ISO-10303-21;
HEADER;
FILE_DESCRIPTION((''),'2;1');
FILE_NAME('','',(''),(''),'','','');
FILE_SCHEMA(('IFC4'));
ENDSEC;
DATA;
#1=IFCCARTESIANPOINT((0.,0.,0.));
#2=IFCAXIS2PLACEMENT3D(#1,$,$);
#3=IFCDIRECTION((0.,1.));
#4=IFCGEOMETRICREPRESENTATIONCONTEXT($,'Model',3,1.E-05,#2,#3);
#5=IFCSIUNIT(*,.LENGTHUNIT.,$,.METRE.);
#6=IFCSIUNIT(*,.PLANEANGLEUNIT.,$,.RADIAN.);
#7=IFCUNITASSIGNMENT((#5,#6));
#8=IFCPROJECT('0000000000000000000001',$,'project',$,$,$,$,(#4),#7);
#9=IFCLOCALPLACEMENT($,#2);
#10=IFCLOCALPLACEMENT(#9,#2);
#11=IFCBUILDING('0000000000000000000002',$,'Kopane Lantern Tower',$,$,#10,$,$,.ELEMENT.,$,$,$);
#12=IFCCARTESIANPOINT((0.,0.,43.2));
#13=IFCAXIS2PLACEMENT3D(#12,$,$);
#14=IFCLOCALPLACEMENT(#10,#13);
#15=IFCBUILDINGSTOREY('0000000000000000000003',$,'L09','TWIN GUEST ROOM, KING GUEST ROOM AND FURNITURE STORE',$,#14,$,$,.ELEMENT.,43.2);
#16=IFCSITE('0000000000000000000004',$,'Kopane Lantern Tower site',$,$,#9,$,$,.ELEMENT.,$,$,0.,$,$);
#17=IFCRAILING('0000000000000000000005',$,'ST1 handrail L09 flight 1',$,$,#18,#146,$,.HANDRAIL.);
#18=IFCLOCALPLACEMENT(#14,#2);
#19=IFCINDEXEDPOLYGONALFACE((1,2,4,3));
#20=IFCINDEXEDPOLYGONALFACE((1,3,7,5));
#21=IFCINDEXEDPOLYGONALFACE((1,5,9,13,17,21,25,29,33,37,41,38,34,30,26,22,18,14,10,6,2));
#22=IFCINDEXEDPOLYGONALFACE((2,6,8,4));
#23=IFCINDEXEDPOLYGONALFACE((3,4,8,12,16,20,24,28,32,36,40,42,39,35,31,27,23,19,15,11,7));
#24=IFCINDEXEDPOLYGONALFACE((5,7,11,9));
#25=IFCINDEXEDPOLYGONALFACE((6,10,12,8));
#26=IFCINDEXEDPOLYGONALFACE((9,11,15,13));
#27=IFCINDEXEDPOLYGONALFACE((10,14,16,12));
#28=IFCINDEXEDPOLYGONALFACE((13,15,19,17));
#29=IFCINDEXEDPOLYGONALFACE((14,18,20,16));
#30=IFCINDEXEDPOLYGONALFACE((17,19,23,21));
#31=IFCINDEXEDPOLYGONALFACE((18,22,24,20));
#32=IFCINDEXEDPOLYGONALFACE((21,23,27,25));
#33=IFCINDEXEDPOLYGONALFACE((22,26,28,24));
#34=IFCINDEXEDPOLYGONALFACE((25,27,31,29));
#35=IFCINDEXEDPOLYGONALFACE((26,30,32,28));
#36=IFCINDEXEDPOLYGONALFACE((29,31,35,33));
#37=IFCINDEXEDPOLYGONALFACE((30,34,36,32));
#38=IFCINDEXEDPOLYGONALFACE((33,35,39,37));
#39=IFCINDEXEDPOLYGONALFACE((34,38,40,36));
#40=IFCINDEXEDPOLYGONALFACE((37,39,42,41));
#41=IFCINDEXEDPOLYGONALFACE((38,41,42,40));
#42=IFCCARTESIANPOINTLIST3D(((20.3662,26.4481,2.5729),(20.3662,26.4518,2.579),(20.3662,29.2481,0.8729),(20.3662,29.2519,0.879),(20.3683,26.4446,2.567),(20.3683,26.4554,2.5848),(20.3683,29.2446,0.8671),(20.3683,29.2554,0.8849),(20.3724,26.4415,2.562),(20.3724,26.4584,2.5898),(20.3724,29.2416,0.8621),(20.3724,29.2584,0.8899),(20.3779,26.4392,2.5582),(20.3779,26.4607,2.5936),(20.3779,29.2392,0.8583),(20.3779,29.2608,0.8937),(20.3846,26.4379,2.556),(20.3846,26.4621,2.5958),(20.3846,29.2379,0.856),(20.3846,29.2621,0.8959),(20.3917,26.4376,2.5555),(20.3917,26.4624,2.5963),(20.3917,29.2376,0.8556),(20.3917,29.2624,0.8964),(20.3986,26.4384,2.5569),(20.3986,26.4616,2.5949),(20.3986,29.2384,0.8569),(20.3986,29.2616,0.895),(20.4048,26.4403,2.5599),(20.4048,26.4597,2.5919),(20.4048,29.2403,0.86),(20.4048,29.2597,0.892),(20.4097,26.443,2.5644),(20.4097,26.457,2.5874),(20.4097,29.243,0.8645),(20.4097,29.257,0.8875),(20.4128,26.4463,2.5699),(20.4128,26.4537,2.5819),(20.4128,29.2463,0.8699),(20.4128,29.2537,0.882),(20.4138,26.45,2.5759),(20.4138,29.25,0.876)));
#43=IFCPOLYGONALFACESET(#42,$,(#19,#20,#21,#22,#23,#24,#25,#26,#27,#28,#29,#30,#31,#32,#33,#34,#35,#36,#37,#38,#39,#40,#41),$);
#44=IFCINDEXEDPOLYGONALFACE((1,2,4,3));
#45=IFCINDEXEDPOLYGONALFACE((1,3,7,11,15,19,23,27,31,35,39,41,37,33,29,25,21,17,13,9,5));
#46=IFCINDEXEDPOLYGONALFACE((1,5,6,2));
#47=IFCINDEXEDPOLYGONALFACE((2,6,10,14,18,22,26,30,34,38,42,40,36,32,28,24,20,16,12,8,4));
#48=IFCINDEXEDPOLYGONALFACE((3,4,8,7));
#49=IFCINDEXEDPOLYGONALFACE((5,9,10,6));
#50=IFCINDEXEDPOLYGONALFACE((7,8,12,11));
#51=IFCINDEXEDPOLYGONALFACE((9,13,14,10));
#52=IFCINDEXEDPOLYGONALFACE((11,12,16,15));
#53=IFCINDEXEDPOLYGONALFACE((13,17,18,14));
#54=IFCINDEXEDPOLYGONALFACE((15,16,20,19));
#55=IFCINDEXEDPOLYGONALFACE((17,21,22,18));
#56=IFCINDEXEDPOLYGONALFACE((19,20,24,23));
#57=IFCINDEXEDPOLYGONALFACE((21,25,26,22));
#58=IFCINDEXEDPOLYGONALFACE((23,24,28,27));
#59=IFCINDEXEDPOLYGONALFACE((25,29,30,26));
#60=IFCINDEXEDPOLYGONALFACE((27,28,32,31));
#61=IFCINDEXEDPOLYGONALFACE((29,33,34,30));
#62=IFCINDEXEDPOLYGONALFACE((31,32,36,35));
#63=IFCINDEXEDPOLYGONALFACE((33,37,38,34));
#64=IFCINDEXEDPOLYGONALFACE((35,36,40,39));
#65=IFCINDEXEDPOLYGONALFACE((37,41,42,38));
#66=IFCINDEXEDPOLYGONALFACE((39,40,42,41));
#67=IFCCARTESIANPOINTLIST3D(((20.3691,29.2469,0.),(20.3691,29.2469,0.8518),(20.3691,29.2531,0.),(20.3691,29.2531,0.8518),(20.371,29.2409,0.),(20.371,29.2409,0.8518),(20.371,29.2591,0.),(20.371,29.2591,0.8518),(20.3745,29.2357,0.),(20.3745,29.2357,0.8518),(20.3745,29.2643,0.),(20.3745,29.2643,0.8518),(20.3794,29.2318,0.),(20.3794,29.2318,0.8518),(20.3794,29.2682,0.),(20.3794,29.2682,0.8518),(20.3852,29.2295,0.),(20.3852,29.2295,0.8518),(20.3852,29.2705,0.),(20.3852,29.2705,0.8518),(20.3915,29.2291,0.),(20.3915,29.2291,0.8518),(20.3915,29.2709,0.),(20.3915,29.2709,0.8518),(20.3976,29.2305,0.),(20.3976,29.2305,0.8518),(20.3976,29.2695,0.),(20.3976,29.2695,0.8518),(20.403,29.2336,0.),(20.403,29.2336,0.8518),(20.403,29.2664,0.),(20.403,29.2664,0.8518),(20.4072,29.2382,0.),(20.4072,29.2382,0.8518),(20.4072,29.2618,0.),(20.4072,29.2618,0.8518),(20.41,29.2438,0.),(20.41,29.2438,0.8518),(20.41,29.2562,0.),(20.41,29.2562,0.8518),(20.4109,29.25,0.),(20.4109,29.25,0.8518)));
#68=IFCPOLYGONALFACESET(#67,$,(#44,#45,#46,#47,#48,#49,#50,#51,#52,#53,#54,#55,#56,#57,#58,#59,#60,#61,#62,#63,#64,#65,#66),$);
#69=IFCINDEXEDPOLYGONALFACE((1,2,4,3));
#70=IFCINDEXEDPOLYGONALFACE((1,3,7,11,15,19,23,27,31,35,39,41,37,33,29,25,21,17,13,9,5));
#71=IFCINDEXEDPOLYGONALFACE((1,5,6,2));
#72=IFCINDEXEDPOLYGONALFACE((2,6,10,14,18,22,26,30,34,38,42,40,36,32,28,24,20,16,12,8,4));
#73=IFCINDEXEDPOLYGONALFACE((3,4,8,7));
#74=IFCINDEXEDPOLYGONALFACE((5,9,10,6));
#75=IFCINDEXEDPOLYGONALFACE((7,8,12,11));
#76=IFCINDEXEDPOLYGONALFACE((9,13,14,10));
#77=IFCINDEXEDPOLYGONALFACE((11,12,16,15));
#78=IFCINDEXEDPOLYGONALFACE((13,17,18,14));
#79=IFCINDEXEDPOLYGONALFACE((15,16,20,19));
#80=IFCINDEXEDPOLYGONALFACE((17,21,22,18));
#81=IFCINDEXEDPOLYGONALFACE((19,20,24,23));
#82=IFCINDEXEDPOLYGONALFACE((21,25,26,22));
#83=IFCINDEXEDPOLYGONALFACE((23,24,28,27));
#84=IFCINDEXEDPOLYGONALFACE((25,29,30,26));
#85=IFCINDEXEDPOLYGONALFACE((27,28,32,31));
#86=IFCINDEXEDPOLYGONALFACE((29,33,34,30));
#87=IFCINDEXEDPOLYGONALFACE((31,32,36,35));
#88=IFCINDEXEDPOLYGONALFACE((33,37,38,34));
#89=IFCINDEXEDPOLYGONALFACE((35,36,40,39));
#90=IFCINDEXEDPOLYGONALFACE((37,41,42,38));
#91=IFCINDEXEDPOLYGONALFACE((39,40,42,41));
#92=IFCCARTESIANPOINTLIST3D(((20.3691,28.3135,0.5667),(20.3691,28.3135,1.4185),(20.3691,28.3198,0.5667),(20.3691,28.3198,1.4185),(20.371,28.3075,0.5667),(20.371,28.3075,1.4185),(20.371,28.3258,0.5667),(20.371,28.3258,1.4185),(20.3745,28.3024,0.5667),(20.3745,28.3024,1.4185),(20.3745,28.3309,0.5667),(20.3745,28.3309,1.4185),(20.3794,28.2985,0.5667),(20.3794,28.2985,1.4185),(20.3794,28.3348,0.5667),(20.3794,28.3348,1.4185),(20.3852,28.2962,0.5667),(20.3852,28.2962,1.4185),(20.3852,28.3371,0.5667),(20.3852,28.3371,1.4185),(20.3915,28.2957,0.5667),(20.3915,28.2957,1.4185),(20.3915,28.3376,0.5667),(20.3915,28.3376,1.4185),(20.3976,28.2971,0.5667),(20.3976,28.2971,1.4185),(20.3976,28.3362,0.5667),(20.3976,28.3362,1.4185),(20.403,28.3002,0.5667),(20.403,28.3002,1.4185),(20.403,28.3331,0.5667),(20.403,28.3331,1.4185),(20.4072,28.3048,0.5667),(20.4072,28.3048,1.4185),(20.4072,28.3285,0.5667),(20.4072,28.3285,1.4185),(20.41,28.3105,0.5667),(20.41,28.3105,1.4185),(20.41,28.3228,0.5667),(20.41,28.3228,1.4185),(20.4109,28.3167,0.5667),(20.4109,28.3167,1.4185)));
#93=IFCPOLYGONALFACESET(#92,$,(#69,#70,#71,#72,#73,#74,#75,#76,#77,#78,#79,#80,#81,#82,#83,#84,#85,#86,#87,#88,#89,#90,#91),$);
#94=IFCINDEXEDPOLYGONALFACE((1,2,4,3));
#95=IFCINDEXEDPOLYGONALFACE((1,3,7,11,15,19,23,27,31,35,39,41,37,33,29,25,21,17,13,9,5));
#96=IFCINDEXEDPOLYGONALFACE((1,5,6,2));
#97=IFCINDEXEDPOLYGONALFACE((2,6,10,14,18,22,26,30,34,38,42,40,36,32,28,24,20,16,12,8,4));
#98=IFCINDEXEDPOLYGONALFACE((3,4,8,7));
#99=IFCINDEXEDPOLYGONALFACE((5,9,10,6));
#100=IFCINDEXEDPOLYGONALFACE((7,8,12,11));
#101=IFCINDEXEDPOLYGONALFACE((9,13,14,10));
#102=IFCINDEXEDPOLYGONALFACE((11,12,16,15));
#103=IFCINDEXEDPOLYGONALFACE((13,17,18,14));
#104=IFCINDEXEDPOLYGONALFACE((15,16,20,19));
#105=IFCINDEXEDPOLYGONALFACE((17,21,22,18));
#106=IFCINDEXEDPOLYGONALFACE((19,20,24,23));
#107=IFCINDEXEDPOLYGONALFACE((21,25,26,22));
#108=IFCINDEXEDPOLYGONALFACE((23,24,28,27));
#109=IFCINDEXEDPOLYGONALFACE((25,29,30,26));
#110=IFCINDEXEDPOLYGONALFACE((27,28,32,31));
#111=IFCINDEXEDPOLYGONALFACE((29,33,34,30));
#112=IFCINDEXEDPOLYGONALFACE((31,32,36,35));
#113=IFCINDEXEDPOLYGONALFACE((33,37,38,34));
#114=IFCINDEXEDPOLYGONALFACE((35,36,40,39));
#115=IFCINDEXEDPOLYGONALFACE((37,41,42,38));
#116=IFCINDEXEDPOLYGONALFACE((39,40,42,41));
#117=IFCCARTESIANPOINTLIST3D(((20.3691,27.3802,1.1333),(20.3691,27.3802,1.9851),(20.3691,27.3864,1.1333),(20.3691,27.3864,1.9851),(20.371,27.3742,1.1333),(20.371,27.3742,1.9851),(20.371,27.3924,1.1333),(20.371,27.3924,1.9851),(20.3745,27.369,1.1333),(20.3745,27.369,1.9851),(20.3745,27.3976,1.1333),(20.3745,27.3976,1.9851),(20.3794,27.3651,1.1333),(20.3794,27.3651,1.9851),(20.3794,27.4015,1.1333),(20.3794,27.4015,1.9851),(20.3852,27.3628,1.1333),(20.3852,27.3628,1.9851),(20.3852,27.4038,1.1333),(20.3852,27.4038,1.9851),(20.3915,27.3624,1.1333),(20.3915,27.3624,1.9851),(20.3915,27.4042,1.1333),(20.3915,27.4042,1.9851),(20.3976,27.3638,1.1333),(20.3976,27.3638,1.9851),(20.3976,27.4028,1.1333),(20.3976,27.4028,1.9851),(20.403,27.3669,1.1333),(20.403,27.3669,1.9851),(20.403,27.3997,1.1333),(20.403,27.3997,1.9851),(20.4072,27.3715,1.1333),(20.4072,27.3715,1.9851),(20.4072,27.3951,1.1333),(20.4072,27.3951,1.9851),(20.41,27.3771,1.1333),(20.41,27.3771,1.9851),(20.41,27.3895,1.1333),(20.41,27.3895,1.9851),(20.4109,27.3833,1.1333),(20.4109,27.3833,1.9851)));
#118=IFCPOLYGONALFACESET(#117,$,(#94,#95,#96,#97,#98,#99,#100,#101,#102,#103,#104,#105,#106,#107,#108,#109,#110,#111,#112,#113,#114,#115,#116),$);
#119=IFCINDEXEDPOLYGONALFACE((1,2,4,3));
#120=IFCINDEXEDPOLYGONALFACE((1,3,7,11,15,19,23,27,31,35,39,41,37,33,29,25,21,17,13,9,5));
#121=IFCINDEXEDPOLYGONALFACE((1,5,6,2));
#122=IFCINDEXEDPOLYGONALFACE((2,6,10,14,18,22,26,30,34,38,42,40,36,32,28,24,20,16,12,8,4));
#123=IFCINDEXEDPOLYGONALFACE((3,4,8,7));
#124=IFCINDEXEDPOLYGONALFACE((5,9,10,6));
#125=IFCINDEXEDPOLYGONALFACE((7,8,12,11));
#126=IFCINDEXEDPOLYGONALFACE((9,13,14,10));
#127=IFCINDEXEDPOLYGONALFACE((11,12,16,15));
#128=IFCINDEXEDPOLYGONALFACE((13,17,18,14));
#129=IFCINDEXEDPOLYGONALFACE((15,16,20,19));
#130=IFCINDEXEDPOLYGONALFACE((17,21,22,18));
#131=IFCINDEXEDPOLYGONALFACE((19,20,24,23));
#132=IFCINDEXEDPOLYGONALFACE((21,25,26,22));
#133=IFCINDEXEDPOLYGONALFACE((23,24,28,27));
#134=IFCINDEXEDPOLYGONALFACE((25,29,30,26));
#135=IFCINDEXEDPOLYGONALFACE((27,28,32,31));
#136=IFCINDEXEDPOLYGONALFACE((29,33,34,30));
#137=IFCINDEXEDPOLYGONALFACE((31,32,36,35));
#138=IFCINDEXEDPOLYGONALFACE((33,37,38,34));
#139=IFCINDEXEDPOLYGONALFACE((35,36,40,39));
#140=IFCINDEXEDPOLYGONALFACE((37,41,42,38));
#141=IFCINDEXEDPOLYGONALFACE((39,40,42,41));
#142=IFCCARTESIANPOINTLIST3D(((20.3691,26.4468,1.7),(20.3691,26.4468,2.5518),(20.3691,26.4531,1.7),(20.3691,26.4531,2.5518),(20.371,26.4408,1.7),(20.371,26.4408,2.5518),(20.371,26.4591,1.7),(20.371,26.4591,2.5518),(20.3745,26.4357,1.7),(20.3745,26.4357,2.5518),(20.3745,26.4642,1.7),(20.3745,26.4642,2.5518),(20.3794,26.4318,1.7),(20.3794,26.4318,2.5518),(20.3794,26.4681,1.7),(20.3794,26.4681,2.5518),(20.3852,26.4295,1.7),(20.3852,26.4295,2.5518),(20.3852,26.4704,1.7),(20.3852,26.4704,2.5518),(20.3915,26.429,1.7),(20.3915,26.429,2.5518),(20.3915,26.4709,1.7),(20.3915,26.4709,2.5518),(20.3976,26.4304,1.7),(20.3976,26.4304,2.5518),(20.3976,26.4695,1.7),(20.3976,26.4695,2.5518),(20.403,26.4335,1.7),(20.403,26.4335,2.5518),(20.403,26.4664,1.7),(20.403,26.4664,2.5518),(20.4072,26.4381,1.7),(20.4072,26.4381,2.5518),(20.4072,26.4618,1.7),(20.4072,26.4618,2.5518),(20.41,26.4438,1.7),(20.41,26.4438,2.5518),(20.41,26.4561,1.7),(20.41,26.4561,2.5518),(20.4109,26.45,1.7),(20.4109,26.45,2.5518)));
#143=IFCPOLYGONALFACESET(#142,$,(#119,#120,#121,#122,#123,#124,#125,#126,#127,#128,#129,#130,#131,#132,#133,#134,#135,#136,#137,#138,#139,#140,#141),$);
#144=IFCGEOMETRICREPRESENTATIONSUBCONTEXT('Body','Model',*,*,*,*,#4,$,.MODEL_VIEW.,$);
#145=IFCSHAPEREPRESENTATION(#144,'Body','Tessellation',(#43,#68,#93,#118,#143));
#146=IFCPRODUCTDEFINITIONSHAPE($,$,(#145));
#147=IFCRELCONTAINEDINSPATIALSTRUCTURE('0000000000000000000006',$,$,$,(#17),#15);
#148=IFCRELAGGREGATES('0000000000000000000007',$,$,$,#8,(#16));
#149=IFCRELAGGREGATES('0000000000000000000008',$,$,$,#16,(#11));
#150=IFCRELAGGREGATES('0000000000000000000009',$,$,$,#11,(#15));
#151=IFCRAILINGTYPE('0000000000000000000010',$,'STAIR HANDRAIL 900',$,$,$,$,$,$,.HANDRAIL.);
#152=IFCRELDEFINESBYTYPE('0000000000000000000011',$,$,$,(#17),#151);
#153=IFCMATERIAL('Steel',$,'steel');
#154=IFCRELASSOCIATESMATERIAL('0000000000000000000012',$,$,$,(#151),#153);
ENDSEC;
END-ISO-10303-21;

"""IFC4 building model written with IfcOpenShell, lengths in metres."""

from ifc_helpers import new_model, si_unit, direction, frame, origin, origin_2d, place, context, subcontext, project, spatial, circle, extrude, material, type_object, element, save


model = new_model("IFC4")

# Units and contexts
model_context = context("Model", 3, precision=1e-05, world=origin(), true_north=direction((0.0, 1.0)))
body_context = subcontext(model_context, "Body", "Model", "MODEL_VIEW")
ifc_project = project(units=[si_unit("LENGTHUNIT", "METRE"), si_unit("PLANEANGLEUNIT", "RADIAN")], contexts=[model_context])

# Site, building, storey
site_placement = place(None, origin())
site = spatial("IfcSite", under=ifc_project, at=site_placement, Name="Kopane Lantern Tower site", CompositionType="ELEMENT", RefElevation=0.0)
building_placement = place(site_placement, origin())
building = spatial("IfcBuilding", under=site, at=building_placement, Name="Kopane Lantern Tower", CompositionType="ELEMENT")
storey_placement = place(building_placement, frame((0.0, 0.0, 43.2)))
storey = spatial("IfcBuildingStorey", under=building, at=storey_placement, Name="L09", Description="TWIN GUEST ROOM, KING GUEST ROOM AND FURNITURE STORE", CompositionType="ELEMENT", Elevation=43.2)

# Railing
ifc_material_1 = material(Name="Steel", Category="steel")
railing_type_1 = type_object("IfcRailingType", Name="STAIR HANDRAIL 900", PredefinedType="HANDRAIL", material=ifc_material_1)
for number, where, name in (
    (1, (20.3899, 29.25, 0.0), "ST1 handrail L09 flight 1"),
):
    element("IfcRailing", number, at=place(storey_placement, frame(where)), inside=storey, type_object=railing_type_1, Name=name, PredefinedType="HANDRAIL", context=body_context, shape_type="SweptSolid", body=[
        extrude(circle(Radius=0.0239, at=origin_2d()), frame((0.0, 0.0, 0.876), z_axis=(0.0, -0.854798, 0.518961), x_axis=(1.0, 0.0, 0.0)), (0.0, 0.0, 1.0), 3.2756),
        extrude(circle(Radius=0.021, at=origin_2d()), origin(), (0.0, 0.0, 1.0), 0.8518),
        extrude(circle(Radius=0.021, at=origin_2d()), frame((0.0, -0.9333, 0.5667)), (0.0, 0.0, 1.0), 0.8518),
        extrude(circle(Radius=0.021, at=origin_2d()), frame((0.0, -1.8667, 1.1333)), (0.0, 0.0, 1.0), 0.8518),
        extrude(circle(Radius=0.021, at=origin_2d()), frame((0.0, -2.8, 1.7)), (0.0, 0.0, 1.0), 0.8518),
    ])

save(model, "model.ifc")
